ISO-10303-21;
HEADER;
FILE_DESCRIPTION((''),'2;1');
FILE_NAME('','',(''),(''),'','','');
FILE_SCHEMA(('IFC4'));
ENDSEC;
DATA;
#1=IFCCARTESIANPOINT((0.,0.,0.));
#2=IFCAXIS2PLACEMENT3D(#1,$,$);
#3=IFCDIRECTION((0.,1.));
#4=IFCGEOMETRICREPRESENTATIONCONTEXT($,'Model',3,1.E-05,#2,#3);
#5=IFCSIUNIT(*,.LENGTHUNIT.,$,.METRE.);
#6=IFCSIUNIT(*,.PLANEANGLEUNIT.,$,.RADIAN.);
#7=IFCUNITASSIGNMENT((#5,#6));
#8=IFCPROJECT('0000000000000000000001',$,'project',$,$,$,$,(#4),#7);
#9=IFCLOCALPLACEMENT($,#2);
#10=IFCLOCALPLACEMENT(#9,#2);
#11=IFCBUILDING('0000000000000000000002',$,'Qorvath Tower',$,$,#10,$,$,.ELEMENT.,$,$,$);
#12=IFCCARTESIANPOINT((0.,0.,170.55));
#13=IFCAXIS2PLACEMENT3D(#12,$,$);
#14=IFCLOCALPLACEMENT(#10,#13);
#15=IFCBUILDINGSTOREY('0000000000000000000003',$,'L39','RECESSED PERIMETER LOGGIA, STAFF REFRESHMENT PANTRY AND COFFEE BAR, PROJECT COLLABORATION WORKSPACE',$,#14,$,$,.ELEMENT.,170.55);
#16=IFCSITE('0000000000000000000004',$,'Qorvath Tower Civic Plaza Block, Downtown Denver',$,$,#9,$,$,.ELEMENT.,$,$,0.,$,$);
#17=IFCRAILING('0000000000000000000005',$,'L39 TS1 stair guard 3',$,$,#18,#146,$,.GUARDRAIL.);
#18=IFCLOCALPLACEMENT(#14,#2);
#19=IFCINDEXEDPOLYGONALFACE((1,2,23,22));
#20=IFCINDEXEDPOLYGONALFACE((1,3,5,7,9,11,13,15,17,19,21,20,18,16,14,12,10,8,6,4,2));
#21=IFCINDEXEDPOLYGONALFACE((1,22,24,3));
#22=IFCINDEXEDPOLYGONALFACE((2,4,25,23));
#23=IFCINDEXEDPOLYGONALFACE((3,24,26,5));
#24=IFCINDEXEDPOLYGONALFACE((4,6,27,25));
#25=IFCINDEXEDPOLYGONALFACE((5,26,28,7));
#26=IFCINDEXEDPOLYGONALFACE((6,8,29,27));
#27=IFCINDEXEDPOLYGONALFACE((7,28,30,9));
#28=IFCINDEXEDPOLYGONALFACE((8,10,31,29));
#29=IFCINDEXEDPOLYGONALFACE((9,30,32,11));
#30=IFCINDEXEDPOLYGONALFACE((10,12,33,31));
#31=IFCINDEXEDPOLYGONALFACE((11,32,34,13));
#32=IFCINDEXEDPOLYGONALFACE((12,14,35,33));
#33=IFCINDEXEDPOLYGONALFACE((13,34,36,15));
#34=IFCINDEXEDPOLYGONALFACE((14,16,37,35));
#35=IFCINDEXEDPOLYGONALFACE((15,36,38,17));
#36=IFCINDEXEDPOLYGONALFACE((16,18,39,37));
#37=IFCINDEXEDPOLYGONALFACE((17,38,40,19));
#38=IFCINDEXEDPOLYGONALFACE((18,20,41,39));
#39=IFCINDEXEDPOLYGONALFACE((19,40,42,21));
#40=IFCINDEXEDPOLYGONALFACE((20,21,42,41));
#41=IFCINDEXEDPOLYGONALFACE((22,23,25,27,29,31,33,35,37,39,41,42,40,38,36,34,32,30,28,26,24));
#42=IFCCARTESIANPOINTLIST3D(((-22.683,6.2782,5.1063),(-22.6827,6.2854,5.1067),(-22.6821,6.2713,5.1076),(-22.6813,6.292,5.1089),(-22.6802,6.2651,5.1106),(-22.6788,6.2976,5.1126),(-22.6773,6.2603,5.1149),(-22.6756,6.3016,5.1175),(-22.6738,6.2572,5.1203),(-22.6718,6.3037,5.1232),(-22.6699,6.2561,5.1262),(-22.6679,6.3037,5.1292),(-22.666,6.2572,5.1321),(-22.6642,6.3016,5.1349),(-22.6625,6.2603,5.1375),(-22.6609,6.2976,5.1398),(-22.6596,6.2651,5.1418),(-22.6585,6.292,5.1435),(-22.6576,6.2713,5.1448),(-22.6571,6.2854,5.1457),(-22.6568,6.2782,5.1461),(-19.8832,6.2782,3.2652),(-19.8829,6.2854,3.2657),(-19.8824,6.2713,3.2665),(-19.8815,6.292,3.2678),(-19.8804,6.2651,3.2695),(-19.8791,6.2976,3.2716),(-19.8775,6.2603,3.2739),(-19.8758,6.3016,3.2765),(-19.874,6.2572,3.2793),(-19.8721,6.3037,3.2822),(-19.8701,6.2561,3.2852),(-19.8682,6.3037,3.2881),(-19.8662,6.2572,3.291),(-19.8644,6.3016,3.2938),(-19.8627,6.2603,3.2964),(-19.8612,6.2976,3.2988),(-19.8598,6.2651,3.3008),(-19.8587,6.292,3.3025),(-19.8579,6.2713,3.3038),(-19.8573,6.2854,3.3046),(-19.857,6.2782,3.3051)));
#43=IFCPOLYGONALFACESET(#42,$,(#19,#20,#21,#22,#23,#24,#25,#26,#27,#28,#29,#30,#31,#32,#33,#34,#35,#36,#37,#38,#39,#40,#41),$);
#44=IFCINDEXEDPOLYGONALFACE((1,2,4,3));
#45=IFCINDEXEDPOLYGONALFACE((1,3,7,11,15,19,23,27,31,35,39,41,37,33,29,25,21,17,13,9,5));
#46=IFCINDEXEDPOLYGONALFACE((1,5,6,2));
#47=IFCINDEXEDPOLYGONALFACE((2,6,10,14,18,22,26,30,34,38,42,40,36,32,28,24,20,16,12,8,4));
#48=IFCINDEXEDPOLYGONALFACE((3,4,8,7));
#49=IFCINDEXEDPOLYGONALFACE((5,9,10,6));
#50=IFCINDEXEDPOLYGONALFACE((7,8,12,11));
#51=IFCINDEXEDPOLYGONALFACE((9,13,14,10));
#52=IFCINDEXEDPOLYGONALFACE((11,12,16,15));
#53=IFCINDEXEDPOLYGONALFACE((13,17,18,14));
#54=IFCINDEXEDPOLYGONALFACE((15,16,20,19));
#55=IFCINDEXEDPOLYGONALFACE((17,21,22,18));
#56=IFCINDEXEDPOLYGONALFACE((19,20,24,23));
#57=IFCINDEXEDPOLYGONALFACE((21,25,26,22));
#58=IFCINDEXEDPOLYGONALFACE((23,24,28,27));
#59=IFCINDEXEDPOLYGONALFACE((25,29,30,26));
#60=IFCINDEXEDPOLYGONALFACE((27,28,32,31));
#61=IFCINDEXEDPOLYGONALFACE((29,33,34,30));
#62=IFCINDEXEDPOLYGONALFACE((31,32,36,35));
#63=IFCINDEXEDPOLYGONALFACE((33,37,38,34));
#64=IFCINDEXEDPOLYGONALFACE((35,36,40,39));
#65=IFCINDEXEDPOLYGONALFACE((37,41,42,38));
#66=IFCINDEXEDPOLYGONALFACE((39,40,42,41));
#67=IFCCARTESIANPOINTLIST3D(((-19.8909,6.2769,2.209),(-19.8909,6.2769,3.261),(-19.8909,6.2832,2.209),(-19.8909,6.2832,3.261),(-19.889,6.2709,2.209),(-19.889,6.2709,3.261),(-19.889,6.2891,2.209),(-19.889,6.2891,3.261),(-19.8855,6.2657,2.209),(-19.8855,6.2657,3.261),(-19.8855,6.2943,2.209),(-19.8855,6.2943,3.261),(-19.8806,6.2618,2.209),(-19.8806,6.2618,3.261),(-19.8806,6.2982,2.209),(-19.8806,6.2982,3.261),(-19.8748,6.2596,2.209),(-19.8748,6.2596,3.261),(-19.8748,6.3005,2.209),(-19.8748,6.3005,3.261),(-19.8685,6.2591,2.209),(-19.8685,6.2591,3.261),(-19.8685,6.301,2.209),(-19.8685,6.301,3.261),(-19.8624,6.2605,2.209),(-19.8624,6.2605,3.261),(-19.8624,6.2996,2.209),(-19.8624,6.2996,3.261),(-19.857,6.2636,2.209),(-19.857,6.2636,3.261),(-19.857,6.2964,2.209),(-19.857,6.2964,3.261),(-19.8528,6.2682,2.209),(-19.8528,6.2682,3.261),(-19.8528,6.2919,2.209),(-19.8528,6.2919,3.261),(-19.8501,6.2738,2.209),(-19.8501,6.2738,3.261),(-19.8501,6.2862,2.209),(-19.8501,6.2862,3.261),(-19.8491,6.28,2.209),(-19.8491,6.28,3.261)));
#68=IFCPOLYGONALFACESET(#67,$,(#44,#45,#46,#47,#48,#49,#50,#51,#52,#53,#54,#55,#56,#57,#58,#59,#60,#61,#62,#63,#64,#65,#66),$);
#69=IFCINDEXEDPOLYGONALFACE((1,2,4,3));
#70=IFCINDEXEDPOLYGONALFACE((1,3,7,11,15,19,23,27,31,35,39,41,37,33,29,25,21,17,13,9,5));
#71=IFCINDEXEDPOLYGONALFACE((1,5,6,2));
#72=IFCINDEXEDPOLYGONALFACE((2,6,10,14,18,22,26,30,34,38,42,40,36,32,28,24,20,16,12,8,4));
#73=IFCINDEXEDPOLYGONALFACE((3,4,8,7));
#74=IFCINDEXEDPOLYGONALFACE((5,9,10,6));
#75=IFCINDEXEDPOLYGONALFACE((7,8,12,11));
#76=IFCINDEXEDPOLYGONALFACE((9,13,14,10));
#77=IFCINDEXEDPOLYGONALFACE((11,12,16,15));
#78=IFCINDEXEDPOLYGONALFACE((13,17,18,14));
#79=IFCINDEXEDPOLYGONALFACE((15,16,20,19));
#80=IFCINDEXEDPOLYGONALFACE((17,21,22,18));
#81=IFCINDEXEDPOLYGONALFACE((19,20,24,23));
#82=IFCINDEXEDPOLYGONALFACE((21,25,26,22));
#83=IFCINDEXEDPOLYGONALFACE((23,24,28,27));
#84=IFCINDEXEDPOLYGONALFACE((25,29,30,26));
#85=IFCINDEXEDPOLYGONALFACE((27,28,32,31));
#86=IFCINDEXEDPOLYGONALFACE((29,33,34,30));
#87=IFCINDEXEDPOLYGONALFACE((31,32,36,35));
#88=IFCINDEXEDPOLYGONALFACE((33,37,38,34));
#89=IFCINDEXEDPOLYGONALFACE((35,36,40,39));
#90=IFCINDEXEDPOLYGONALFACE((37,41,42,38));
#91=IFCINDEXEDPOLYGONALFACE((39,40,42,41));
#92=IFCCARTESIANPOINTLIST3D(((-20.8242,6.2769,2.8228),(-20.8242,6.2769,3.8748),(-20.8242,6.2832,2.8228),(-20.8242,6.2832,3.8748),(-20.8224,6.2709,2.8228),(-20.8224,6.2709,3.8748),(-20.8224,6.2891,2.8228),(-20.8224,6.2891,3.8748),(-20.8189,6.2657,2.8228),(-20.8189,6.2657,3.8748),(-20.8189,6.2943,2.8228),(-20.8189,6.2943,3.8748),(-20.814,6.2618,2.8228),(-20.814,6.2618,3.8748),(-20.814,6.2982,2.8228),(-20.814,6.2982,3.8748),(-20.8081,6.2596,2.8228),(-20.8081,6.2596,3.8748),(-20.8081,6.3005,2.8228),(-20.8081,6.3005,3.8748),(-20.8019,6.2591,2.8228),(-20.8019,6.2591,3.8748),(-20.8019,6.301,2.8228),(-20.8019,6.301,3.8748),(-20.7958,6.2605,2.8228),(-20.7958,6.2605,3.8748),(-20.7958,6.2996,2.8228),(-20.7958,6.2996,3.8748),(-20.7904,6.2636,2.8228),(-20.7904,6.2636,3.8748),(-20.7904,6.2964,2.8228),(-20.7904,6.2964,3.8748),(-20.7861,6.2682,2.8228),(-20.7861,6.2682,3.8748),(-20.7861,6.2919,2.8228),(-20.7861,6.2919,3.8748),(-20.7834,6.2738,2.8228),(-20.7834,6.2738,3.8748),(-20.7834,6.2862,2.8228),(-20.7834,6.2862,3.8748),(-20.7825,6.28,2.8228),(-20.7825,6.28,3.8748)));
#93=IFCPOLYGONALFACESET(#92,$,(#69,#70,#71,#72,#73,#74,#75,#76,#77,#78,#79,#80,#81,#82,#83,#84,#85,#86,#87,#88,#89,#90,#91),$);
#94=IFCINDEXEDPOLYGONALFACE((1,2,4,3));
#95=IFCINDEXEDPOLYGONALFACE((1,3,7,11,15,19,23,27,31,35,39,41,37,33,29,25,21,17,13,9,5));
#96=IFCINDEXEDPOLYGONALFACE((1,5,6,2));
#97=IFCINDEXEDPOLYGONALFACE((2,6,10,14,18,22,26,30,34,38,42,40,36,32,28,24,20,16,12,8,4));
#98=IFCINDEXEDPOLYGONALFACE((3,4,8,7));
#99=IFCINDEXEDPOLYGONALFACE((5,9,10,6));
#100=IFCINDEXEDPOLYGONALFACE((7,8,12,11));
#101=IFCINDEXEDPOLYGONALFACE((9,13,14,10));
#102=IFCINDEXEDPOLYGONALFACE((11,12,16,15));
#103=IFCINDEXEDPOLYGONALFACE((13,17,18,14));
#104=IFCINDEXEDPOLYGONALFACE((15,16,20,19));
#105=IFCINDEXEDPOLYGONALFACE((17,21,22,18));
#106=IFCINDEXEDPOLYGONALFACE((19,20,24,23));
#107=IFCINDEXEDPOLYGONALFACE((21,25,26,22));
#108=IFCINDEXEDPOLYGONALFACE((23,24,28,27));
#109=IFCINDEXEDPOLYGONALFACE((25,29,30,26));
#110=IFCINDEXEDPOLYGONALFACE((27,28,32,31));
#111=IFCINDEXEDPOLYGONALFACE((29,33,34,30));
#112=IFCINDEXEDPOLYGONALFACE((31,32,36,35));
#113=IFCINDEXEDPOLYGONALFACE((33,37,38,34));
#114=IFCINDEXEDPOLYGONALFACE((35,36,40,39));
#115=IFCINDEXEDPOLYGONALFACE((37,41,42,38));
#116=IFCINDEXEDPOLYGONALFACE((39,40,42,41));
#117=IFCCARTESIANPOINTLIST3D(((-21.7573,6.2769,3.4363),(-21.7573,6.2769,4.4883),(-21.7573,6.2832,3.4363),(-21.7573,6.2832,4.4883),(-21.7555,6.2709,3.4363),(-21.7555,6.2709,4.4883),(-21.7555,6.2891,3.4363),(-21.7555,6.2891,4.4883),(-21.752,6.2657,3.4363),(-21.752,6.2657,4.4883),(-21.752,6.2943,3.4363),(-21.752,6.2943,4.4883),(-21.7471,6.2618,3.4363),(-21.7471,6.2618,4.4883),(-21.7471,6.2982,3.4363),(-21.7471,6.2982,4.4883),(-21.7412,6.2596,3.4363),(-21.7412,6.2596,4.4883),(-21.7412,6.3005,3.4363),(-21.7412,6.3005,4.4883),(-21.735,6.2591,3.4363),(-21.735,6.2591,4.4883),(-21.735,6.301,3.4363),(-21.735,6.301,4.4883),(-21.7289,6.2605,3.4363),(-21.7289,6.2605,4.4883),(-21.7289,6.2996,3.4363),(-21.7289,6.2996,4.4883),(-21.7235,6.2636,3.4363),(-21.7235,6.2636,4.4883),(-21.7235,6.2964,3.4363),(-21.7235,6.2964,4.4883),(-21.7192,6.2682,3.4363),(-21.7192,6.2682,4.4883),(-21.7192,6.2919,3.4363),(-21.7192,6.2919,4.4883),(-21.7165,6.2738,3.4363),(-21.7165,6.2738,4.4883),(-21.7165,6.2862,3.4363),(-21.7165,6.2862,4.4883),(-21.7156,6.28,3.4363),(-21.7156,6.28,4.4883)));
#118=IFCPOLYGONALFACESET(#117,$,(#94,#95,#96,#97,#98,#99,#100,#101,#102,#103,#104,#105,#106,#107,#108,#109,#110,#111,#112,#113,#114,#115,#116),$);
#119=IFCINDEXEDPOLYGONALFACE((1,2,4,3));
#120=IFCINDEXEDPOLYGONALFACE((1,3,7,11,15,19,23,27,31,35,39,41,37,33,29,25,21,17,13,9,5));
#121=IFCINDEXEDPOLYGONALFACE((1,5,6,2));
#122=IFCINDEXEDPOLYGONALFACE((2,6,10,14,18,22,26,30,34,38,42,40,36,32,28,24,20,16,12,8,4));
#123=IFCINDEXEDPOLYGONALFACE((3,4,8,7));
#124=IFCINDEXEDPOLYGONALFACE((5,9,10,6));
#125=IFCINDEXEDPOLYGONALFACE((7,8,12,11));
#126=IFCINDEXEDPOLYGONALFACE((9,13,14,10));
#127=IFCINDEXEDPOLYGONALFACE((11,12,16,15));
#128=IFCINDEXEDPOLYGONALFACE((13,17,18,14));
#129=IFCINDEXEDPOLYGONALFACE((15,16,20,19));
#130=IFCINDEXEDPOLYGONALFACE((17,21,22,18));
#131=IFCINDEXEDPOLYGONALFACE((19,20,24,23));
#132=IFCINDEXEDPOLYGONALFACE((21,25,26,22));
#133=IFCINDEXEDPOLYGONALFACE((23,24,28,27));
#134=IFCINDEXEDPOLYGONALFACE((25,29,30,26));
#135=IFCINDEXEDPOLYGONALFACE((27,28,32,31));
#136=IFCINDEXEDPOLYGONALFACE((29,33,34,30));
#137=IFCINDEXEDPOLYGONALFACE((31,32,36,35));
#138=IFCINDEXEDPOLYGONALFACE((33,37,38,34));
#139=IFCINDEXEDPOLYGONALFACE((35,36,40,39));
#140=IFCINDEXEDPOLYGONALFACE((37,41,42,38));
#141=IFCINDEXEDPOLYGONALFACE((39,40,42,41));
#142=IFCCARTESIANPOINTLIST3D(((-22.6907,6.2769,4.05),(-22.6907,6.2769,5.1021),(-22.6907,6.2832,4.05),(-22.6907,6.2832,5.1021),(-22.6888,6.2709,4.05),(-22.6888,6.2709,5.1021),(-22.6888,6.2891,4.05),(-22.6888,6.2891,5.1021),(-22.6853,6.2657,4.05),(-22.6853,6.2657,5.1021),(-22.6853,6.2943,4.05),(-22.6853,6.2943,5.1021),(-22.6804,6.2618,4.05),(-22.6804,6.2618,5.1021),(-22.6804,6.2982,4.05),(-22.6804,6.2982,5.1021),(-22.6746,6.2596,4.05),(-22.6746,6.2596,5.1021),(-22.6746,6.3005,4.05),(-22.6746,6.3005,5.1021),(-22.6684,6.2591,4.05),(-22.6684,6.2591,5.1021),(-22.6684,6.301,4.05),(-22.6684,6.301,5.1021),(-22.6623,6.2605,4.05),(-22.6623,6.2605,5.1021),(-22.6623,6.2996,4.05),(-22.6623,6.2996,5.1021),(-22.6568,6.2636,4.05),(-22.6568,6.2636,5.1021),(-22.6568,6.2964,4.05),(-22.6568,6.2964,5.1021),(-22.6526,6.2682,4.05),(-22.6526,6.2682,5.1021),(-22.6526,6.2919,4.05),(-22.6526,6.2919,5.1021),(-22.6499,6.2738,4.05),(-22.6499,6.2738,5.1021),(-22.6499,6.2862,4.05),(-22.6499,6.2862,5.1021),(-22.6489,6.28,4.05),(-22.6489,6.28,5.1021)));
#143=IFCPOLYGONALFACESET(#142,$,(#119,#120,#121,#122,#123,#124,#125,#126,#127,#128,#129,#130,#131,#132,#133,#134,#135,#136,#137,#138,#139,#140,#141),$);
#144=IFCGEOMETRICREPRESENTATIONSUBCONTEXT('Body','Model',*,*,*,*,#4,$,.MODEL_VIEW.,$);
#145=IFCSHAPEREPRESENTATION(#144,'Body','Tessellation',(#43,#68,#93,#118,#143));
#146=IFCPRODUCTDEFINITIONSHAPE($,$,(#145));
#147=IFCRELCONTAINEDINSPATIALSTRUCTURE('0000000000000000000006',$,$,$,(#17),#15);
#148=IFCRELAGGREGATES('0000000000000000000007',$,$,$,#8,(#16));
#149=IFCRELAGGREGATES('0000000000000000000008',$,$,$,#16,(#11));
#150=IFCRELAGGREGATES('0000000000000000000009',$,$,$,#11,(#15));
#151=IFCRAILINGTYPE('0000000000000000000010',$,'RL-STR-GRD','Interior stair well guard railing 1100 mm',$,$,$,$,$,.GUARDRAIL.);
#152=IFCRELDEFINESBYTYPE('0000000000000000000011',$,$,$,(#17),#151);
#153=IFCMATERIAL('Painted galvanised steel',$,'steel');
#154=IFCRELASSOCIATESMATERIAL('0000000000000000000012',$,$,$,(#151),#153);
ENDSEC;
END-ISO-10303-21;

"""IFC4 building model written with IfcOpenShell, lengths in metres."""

from ifc_helpers import new_model, si_unit, direction, frame, origin, origin_2d, place, context, subcontext, project, spatial, circle, extrude, material, type_object, element, save


model = new_model("IFC4")

# Units and contexts
model_context = context("Model", 3, precision=1e-05, world=origin(), true_north=direction((0.0, 1.0)))
body_context = subcontext(model_context, "Body", "Model", "MODEL_VIEW")
ifc_project = project(units=[si_unit("LENGTHUNIT", "METRE"), si_unit("PLANEANGLEUNIT", "RADIAN")], contexts=[model_context])

# Site, building, storey
site_placement = place(None, origin())
site = spatial("IfcSite", under=ifc_project, at=site_placement, Name="Qorvath Tower Civic Plaza Block, Downtown Denver", CompositionType="ELEMENT", RefElevation=0.0)
building_placement = place(site_placement, origin())
building = spatial("IfcBuilding", under=site, at=building_placement, Name="Qorvath Tower", CompositionType="ELEMENT")
storey_placement = place(building_placement, frame((0.0, 0.0, 170.55)))
storey = spatial("IfcBuildingStorey", under=building, at=storey_placement, Name="L39", Description="RECESSED PERIMETER LOGGIA, STAFF REFRESHMENT PANTRY AND COFFEE BAR, PROJECT COLLABORATION WORKSPACE", CompositionType="ELEMENT", Elevation=170.55)

# Railing
ifc_material_1 = material(Name="Painted galvanised steel", Category="steel")
railing_type_1 = type_object("IfcRailingType", Name="RL-STR-GRD", Description="Interior stair well guard railing 1100 mm", PredefinedType="GUARDRAIL", material=ifc_material_1)
railing_1_placement = place(storey_placement, frame((-19.8701, 6.28, 2.209)))
element("IfcRailing", 1, at=railing_1_placement, inside=storey, type_object=railing_type_1, Name="L39 TS1 stair guard 3", PredefinedType="GUARDRAIL", context=body_context, shape_type="SweptSolid", body=[
    extrude(circle(Radius=0.0239, at=origin_2d()), frame((0.0, 0.0, 1.0762), z_axis=(-0.835542, 0.0, 0.549426), x_axis=(0.0, -1.0, 0.0)), (0.0, 0.0, 1.0), 3.3508),
    extrude(circle(Radius=0.021, at=origin_2d()), origin(), (0.0, 0.0, 1.0), 1.052),
    extrude(circle(Radius=0.021, at=origin_2d()), frame((-0.9333, 0.0, 0.6138)), (0.0, 0.0, 1.0), 1.052),
    extrude(circle(Radius=0.021, at=origin_2d()), frame((-1.8665, 0.0, 1.2273)), (0.0, 0.0, 1.0), 1.052),
    extrude(circle(Radius=0.021, at=origin_2d()), frame((-2.7998, 0.0, 1.8411)), (0.0, 0.0, 1.0), 1.052),
])

save(model, "model.ifc")
